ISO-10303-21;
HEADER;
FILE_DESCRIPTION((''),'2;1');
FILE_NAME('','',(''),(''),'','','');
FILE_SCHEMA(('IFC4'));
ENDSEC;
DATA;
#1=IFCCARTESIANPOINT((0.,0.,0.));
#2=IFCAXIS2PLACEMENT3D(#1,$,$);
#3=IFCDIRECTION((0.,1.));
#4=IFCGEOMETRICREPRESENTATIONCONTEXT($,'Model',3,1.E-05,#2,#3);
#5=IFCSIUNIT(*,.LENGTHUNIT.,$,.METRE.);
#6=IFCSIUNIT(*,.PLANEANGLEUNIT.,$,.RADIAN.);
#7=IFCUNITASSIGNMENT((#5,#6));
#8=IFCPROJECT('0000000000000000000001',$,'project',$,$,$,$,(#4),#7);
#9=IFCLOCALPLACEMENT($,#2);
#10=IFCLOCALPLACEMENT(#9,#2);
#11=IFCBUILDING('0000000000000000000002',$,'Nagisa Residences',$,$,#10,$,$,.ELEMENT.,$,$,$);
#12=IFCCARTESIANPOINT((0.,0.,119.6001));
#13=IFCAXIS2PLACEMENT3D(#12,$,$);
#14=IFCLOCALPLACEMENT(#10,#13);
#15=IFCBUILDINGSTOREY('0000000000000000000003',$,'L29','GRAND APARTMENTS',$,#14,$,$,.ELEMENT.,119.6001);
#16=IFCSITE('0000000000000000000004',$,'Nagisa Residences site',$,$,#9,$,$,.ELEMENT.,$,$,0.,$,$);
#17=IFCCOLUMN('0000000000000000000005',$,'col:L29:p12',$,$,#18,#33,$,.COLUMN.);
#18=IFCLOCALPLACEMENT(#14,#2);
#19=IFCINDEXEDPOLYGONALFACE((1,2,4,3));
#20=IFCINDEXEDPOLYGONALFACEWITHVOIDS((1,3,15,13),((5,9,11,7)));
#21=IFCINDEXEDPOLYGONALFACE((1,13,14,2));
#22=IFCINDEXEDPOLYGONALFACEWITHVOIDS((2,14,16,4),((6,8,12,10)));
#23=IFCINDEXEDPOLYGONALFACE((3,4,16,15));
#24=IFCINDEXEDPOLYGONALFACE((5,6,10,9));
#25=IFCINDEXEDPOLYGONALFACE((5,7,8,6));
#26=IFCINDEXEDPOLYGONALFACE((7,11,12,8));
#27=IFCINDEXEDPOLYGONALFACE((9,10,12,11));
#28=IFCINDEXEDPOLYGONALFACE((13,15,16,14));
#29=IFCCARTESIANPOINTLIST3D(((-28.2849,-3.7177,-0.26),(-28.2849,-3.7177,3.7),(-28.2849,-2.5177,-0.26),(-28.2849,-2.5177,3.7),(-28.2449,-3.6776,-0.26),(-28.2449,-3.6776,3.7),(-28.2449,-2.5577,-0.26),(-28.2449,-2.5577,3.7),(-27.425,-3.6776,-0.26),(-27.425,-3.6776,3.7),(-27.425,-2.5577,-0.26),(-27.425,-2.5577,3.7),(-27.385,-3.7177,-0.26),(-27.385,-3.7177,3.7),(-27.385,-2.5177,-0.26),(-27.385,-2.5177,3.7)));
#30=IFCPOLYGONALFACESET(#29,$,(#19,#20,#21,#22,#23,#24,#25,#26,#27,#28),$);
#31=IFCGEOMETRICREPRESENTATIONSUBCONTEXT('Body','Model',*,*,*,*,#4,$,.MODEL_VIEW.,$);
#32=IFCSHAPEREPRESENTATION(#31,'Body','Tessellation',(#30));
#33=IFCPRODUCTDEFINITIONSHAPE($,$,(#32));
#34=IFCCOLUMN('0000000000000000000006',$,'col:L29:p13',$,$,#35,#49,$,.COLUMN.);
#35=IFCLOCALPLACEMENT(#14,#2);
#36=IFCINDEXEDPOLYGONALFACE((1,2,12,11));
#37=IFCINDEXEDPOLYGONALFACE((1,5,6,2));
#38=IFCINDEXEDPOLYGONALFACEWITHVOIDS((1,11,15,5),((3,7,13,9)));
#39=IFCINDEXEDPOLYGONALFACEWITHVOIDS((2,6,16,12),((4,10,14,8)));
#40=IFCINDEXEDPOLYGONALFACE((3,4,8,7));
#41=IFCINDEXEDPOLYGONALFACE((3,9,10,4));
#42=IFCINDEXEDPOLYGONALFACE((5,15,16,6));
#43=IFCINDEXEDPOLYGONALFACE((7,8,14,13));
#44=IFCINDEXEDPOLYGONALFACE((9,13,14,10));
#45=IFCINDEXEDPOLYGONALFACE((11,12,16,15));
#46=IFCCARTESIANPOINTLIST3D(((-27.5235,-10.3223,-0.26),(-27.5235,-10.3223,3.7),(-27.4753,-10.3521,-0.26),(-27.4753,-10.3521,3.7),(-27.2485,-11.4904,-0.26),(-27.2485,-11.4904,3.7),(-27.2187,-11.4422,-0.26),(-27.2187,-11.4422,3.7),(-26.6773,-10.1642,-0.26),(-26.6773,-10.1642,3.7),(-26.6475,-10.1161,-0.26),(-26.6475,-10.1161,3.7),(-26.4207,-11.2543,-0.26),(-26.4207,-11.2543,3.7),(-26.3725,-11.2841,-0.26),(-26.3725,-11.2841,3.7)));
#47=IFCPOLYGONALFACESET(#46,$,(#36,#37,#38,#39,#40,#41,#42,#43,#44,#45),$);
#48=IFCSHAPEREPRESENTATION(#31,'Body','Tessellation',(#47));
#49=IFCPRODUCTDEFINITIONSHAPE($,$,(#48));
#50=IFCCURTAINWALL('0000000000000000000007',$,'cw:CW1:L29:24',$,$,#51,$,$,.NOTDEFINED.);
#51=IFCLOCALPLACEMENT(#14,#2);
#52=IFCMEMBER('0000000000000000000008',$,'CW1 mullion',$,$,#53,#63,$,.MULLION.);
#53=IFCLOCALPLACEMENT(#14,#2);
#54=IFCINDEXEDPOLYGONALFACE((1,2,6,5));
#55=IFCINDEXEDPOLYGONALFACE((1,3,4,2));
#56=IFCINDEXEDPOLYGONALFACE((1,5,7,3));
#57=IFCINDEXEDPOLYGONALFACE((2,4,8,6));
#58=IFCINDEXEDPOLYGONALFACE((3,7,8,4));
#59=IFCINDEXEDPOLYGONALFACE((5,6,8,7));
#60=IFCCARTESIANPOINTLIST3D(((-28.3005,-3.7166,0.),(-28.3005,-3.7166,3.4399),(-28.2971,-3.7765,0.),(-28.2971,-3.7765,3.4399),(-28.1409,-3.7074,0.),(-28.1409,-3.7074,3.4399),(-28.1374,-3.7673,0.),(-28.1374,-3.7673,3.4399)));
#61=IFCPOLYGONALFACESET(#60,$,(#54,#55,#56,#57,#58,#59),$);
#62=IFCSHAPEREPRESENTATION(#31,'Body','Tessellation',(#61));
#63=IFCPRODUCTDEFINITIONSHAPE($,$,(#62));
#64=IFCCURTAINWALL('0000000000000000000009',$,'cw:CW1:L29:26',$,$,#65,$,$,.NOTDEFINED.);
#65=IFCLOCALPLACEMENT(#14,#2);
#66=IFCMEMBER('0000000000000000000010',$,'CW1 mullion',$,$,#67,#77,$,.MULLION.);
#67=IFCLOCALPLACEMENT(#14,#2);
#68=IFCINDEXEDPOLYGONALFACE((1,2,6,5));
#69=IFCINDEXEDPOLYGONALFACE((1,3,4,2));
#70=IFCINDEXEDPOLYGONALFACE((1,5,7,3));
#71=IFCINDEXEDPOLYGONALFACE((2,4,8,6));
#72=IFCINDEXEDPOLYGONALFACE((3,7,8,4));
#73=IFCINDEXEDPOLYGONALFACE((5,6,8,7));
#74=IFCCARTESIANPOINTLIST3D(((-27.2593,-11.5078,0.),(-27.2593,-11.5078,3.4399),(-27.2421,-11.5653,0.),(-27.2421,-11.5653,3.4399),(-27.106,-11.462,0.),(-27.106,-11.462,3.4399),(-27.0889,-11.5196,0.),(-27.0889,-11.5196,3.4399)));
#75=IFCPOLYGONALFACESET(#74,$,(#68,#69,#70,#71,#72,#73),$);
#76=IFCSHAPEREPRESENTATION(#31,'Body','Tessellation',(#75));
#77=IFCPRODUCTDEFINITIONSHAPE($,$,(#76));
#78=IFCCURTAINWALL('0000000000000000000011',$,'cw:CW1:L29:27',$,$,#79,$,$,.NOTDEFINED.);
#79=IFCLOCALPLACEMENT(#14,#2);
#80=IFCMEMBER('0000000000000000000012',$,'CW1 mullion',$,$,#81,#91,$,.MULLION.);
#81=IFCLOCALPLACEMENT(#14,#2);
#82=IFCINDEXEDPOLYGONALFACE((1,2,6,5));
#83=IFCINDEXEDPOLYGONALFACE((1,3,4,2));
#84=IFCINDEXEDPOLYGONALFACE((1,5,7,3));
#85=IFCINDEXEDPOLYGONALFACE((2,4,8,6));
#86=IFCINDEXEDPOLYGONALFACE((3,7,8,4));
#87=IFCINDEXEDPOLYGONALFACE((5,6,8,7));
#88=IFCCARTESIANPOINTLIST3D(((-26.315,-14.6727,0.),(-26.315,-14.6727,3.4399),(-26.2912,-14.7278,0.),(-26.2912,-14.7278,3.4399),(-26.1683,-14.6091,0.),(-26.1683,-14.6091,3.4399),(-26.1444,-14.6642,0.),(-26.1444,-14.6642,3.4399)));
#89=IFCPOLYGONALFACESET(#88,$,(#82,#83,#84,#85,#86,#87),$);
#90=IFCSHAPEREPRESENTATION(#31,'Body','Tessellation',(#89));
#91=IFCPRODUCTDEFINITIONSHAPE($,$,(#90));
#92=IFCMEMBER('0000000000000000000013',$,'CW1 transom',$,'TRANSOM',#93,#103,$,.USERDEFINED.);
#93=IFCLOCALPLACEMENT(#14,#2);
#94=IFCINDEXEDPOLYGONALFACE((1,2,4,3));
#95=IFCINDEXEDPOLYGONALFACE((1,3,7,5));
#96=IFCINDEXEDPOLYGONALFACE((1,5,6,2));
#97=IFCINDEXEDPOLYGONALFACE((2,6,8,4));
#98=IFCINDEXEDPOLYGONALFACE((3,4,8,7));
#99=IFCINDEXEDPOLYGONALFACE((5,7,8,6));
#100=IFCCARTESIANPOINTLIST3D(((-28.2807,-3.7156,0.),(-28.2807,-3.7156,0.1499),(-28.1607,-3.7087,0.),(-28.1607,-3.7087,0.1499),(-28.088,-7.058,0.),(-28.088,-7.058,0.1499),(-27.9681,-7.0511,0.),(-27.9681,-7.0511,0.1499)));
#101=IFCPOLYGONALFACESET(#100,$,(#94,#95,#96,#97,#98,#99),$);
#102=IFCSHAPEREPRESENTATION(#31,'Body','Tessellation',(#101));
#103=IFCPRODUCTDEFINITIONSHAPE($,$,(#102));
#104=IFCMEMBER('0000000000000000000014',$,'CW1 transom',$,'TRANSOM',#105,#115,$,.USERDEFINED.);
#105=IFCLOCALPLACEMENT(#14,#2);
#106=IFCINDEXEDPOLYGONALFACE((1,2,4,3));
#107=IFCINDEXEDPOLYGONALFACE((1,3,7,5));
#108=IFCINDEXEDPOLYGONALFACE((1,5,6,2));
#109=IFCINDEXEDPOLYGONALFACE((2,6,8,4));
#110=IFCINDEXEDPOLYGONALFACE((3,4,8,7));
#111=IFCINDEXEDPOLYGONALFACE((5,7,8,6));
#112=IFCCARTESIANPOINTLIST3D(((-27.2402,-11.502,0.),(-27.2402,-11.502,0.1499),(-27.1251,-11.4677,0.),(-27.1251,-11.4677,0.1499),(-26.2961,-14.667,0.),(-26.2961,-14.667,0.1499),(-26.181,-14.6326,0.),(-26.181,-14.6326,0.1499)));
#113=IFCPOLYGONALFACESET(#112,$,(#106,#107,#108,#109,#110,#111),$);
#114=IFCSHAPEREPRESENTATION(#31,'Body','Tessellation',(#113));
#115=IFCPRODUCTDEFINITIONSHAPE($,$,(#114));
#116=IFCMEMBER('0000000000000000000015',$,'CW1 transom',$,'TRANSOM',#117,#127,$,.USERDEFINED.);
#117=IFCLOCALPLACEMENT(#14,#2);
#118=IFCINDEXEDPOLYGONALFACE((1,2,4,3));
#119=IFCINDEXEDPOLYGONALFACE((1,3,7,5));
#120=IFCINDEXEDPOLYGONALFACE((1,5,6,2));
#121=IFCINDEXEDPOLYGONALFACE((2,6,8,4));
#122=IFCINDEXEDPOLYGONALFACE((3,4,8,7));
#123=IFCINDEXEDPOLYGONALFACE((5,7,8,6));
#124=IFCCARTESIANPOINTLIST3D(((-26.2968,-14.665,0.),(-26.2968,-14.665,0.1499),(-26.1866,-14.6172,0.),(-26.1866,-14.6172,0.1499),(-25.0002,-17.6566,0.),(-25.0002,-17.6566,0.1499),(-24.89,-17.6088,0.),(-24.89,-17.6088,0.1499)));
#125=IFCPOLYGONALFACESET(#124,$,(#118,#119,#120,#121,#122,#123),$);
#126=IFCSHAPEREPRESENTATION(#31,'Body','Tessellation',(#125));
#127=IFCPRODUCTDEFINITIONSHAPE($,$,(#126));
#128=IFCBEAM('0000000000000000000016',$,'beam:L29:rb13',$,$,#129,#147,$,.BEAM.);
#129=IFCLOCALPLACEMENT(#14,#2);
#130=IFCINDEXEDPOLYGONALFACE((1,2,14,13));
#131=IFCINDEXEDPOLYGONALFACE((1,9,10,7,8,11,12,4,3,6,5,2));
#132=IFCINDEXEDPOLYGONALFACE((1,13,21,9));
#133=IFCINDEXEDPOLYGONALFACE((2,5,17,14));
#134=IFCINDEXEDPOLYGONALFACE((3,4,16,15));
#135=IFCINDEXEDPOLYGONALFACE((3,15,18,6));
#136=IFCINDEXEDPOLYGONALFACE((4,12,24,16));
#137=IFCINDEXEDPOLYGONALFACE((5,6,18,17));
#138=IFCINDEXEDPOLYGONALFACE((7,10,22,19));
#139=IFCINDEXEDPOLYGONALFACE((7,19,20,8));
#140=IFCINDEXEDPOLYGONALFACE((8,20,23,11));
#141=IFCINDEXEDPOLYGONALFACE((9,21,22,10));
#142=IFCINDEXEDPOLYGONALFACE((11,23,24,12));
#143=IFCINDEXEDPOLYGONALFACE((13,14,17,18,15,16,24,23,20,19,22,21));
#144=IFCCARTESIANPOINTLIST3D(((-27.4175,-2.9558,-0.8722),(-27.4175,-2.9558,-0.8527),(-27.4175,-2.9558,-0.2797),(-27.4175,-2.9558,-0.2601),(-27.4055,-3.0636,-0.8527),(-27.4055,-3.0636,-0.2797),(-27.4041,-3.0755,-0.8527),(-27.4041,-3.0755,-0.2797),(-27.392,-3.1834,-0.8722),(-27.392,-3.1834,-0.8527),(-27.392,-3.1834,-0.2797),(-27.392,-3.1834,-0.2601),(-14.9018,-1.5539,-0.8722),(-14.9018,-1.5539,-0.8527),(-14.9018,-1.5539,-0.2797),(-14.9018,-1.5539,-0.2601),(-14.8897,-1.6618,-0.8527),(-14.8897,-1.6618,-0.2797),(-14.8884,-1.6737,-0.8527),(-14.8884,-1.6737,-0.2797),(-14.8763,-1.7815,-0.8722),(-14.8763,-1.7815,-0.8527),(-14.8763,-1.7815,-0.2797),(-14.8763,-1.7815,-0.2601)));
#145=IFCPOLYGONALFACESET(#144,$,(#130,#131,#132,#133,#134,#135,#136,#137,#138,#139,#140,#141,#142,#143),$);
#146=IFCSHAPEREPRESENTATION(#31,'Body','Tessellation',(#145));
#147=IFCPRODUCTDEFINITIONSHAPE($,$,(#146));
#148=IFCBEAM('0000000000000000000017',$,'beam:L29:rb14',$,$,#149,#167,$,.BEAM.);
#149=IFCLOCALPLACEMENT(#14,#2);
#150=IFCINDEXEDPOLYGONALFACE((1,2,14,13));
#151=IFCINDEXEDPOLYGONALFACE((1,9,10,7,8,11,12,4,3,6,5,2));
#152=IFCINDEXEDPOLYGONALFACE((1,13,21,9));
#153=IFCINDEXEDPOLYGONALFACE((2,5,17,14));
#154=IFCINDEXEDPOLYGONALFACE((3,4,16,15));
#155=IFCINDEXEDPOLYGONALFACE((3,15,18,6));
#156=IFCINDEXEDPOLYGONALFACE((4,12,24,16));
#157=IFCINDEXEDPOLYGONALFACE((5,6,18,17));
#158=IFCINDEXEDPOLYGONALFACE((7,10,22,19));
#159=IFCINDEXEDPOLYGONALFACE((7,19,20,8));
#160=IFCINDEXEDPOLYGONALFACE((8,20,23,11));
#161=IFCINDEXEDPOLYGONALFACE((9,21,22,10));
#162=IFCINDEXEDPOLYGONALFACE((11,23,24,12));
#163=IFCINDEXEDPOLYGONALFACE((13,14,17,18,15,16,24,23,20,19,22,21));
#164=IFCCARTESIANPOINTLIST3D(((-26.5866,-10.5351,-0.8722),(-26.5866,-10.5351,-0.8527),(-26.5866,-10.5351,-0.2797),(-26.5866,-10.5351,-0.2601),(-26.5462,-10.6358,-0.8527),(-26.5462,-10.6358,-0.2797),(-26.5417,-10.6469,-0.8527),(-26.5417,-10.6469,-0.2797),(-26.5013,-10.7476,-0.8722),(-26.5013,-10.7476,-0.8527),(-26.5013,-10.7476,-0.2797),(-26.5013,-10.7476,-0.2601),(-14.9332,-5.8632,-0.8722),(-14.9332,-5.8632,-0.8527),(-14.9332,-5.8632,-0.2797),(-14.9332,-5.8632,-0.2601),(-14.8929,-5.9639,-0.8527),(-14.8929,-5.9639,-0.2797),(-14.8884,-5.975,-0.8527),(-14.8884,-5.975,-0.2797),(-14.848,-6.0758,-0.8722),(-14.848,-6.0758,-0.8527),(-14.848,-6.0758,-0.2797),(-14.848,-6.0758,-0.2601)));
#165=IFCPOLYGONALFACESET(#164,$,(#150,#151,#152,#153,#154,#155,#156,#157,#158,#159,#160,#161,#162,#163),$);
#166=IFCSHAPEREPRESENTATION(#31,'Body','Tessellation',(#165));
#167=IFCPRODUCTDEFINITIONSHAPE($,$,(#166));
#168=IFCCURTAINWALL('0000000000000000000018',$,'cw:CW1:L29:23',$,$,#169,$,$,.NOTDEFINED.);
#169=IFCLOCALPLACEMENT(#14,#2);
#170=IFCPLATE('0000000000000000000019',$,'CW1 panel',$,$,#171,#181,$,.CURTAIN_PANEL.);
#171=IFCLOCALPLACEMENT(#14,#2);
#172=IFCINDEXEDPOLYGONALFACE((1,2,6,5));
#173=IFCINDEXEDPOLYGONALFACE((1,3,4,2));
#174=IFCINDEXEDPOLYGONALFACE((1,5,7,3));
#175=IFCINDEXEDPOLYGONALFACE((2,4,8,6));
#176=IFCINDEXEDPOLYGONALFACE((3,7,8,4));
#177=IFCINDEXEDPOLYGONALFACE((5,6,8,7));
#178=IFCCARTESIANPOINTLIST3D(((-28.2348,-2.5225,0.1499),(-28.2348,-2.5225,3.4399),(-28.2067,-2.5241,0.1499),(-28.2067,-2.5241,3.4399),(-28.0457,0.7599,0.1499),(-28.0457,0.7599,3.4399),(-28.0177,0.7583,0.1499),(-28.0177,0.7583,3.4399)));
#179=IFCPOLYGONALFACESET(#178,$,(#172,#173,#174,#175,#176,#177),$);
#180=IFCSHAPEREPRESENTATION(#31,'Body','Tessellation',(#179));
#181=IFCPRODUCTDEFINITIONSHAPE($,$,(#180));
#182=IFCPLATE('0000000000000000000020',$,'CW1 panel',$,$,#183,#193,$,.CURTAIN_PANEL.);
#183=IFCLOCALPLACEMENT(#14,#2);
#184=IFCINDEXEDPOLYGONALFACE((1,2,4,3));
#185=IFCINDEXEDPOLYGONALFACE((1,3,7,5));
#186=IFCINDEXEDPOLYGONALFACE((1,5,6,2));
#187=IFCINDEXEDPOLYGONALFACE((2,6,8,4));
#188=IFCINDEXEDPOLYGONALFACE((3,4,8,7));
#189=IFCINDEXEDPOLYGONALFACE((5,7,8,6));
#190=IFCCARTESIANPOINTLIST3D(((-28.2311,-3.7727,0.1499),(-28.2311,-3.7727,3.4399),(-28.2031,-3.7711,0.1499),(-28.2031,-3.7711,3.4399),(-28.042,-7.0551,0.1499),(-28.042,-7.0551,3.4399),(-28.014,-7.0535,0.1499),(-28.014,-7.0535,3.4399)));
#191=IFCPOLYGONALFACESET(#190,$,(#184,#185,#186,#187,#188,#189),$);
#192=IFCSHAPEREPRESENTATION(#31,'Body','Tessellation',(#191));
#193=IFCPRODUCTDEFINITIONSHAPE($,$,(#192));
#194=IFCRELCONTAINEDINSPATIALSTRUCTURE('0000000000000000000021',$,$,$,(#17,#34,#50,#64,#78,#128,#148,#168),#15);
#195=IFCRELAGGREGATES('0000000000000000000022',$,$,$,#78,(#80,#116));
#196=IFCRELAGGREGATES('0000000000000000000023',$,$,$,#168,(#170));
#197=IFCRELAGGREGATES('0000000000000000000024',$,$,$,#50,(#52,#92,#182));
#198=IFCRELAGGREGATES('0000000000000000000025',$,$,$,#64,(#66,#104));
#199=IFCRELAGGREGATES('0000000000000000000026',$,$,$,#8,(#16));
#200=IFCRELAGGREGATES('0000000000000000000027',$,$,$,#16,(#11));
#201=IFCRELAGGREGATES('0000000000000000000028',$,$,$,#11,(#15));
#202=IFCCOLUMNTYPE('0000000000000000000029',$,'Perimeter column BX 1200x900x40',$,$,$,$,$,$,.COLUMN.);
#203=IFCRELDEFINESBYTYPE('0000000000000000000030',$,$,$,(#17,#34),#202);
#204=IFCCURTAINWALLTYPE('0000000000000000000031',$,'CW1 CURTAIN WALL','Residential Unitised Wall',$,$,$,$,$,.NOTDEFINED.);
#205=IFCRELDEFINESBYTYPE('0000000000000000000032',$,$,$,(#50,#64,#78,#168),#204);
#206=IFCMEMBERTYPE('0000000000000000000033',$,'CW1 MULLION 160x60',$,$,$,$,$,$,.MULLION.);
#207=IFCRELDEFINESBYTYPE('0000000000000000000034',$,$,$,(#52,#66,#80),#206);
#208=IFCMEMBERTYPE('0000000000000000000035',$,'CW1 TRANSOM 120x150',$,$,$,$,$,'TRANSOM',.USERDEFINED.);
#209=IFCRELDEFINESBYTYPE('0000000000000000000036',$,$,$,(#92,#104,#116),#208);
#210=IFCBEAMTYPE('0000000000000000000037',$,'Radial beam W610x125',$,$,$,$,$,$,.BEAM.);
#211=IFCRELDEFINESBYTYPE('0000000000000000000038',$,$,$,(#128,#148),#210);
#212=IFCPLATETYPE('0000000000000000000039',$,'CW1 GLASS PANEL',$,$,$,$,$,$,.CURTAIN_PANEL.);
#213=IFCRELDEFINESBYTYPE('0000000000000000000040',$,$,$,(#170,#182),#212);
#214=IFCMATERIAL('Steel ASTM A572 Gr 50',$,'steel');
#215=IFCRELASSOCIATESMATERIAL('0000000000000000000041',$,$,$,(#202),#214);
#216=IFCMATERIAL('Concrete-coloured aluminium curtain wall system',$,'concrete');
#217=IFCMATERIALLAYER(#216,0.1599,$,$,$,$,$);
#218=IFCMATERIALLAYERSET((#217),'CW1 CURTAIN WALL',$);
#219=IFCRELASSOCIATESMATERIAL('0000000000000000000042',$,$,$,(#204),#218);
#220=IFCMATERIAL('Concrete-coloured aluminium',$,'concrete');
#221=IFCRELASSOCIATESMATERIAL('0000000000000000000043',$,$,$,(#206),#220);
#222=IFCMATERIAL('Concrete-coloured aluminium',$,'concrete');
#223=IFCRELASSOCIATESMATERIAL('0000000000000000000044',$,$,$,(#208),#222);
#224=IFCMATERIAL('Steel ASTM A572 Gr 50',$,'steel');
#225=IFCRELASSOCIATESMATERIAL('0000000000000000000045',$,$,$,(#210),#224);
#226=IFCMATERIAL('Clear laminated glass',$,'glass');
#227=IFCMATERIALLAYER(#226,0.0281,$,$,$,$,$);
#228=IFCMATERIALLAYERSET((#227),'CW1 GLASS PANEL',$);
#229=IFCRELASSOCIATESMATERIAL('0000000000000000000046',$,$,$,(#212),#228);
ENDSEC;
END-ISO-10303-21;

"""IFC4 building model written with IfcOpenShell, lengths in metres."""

from ifc_helpers import new_model, si_unit, direction, frame, origin, origin_2d, place, context, subcontext, project, spatial, rectangle, hollow_rectangle, i_section, extrude, material, layer, layer_set, material_profile, profile_set, type_object, element, aggregate, save


model = new_model("IFC4")

# Units and contexts
model_context = context("Model", 3, precision=1e-05, world=origin(), true_north=direction((0.0, 1.0)))
body_context = subcontext(model_context, "Body", "Model", "MODEL_VIEW")
ifc_project = project(units=[si_unit("LENGTHUNIT", "METRE"), si_unit("PLANEANGLEUNIT", "RADIAN")], contexts=[model_context])

# Site, building, storey
site_placement = place(None, origin())
site = spatial("IfcSite", under=ifc_project, at=site_placement, Name="Nagisa Residences site", CompositionType="ELEMENT", RefElevation=0.0)
building_placement = place(site_placement, origin())
building = spatial("IfcBuilding", under=site, at=building_placement, Name="Nagisa Residences", CompositionType="ELEMENT")
storey_placement = place(building_placement, frame((0.0, 0.0, 119.6001)))
storey = spatial("IfcBuildingStorey", under=building, at=storey_placement, Name="L29", Description="GRAND APARTMENTS", CompositionType="ELEMENT", Elevation=119.6001)

# Columns
ifc_material_1 = material(Name="Steel ASTM A572 Gr 50", Category="steel")
ifc_material_profile_1 = material_profile(ifc_material_1, hollow_rectangle(XDim=1.2, YDim=0.8999, WallThickness=0.04, at=origin_2d()), Name="BX 1200x900x40")
ifc_profile_set_1 = profile_set([ifc_material_profile_1], Name="Steel ASTM A572 Gr 50")
column_type = type_object("IfcColumnType", Name="Perimeter column BX 1200x900x40", PredefinedType="COLUMN", material=ifc_profile_set_1)
for number, where, z_axis, x_axis, name in (
    (1, (-27.835, -3.1177, -0.26), (0.0, 0.0, 1.0), (0.0, -1.0, 0.0), "col:L29:p12"),
    (2, (-26.948, -10.8032, -0.26), (0.0, 0.0, 1.0), (0.229202, -0.973379, 0.0), "col:L29:p13"),
):
    element("IfcColumn", number, at=place(storey_placement, frame(where, z_axis=z_axis, x_axis=x_axis)), inside=storey, type_object=column_type, Name=name, PredefinedType="COLUMN", context=body_context, shape_type="SweptSolid", body=[
        extrude(hollow_rectangle(XDim=1.2, YDim=0.8999, WallThickness=0.04, at=origin_2d()), origin(), (0.0, 0.0, 1.0), 3.96),
    ])

# Curtain walls, members
ifc_material_2 = material(Name="Concrete-coloured aluminium curtain wall system", Category="concrete")
ifc_layer_1 = layer(ifc_material_2, 0.1599)
ifc_layer_set_1 = layer_set([ifc_layer_1], Name="CW1 CURTAIN WALL")
curtain_wall_type = type_object("IfcCurtainWallType", Name="CW1 CURTAIN WALL", Description="Residential Unitised Wall", PredefinedType="NOTDEFINED", material=ifc_layer_set_1)
curtain_wall_1_placement = place(storey_placement, origin())
curtain_wall_1 = element("IfcCurtainWall", 3, at=curtain_wall_1_placement, inside=storey, type_object=curtain_wall_type, Name="cw:CW1:L29:24", PredefinedType="NOTDEFINED")
ifc_material_3 = material(Name="Concrete-coloured aluminium", Category="concrete")
ifc_material_profile_2 = material_profile(ifc_material_3, rectangle(XDim=0.1599, YDim=0.0601, at=origin_2d()), Name="CW1 MULLION 160x60")
ifc_profile_set_2 = profile_set([ifc_material_profile_2], Name="Concrete-coloured aluminium")
member_type_1 = type_object("IfcMemberType", Name="CW1 MULLION 160x60", PredefinedType="MULLION", material=ifc_profile_set_2)
member_1_placement = place(storey_placement, frame((-28.219, -3.7419, 0.0), z_axis=(0.0, 0.0, 1.0), x_axis=(0.998345, 0.057503, 0.0)))
member_1 = element("IfcMember", 4, at=member_1_placement, type_object=member_type_1, Name="CW1 mullion", PredefinedType="MULLION", context=body_context, shape_type="SweptSolid", body=[
    extrude(rectangle(XDim=0.1599, YDim=0.0601, at=origin_2d()), origin(), (0.0, 0.0, 1.0), 3.4399),
])
curtain_wall_2_placement = place(storey_placement, origin())
curtain_wall_2 = element("IfcCurtainWall", 5, at=curtain_wall_2_placement, inside=storey, type_object=curtain_wall_type, Name="cw:CW1:L29:26", PredefinedType="NOTDEFINED")
member_2_placement = place(storey_placement, frame((-27.1741, -11.5137, 0.0), z_axis=(0.0, 0.0, 1.0), x_axis=(0.958271, 0.28586, 0.0)))
member_2 = element("IfcMember", 6, at=member_2_placement, type_object=member_type_1, Name="CW1 mullion", PredefinedType="MULLION", context=body_context, shape_type="SweptSolid", body=[
    extrude(rectangle(XDim=0.1599, YDim=0.0601, at=origin_2d()), origin(), (0.0, 0.0, 1.0), 3.4399),
])
curtain_wall_3_placement = place(storey_placement, origin())
curtain_wall_3 = element("IfcCurtainWall", 7, at=curtain_wall_3_placement, inside=storey, type_object=curtain_wall_type, Name="cw:CW1:L29:27", PredefinedType="NOTDEFINED")
member_3_placement = place(storey_placement, frame((-26.2297, -14.6685, 0.0), z_axis=(0.0, 0.0, 1.0), x_axis=(0.917543, 0.397636, 0.0)))
member_3 = element("IfcMember", 8, at=member_3_placement, type_object=member_type_1, Name="CW1 mullion", PredefinedType="MULLION", context=body_context, shape_type="SweptSolid", body=[
    extrude(rectangle(XDim=0.1599, YDim=0.0601, at=origin_2d()), origin(), (0.0, 0.0, 1.0), 3.4399),
])

# Members
ifc_material_4 = material(Name="Concrete-coloured aluminium", Category="concrete")
ifc_material_profile_3 = material_profile(ifc_material_4, rectangle(XDim=0.1201, YDim=0.1499, at=origin_2d()), Name="CW1 TRANSOM 120x150")
ifc_profile_set_3 = profile_set([ifc_material_profile_3], Name="Concrete-coloured aluminium")
member_type_2 = type_object("IfcMemberType", Name="CW1 TRANSOM 120x150", ElementType="TRANSOM", PredefinedType="USERDEFINED", material=ifc_profile_set_3)
member_4_placement = place(storey_placement, frame((-28.2207, -3.7122, 0.075), z_axis=(0.057538, -0.998343, 0.0), x_axis=(0.998343, 0.057538, 0.0)))
member_4 = element("IfcMember", 9, at=member_4_placement, type_object=member_type_2, Name="CW1 transom", ObjectType="TRANSOM", PredefinedType="USERDEFINED", context=body_context, shape_type="SweptSolid", body=[
    extrude(rectangle(XDim=0.1201, YDim=0.1499, at=origin_2d()), origin(), (0.0, 0.0, 1.0), 3.3479),
])
member_5_placement = place(storey_placement, frame((-27.1826, -11.4849, 0.075), z_axis=(0.285842, -0.958277, 0.0), x_axis=(0.958277, 0.285842, 0.0)))
member_5 = element("IfcMember", 10, at=member_5_placement, type_object=member_type_2, Name="CW1 transom", ObjectType="TRANSOM", PredefinedType="USERDEFINED", context=body_context, shape_type="SweptSolid", body=[
    extrude(rectangle(XDim=0.1201, YDim=0.1499, at=origin_2d()), origin(), (0.0, 0.0, 1.0), 3.3027),
])
member_6_placement = place(storey_placement, frame((-26.2417, -14.6411, 0.075), z_axis=(0.397666, -0.91753, 0.0), x_axis=(0.91753, 0.397666, 0.0)))
member_6 = element("IfcMember", 11, at=member_6_placement, type_object=member_type_2, Name="CW1 transom", ObjectType="TRANSOM", PredefinedType="USERDEFINED", context=body_context, shape_type="SweptSolid", body=[
    extrude(rectangle(XDim=0.1201, YDim=0.1499, at=origin_2d()), origin(), (0.0, 0.0, 1.0), 3.2605),
])
aggregate(curtain_wall_3, [member_3, member_6])

# Beams
ifc_material_5 = material(Name="Steel ASTM A572 Gr 50", Category="steel")
ifc_material_profile_4 = material_profile(ifc_material_5, i_section(OverallWidth=0.229, OverallDepth=0.6121, WebThickness=0.012, FlangeThickness=0.0195, at=origin_2d()), Name="W610x125")
ifc_profile_set_4 = profile_set([ifc_material_profile_4], Name="Steel ASTM A572 Gr 50")
beam_type = type_object("IfcBeamType", Name="Radial beam W610x125", PredefinedType="BEAM", material=ifc_profile_set_4)
beam_1_placement = place(storey_placement, frame((-27.4048, -3.0696, -0.5662), z_axis=(0.993785, 0.111312, 0.0), x_axis=(-0.111312, 0.993785, 0.0)))
element("IfcBeam", 12, at=beam_1_placement, inside=storey, type_object=beam_type, Name="beam:L29:rb13", PredefinedType="BEAM", context=body_context, shape_type="SweptSolid", body=[
    extrude(i_section(OverallWidth=0.229, OverallDepth=0.6121, WebThickness=0.012, FlangeThickness=0.0195, at=origin_2d()), origin(), (0.0, 0.0, 1.0), 12.594),
])
beam_2_placement = place(storey_placement, frame((-26.5439, -10.6414, -0.5662), z_axis=(0.928187, 0.372115, 0.0), x_axis=(-0.372115, 0.928187, 0.0)))
element("IfcBeam", 13, at=beam_2_placement, inside=storey, type_object=beam_type, Name="beam:L29:rb14", PredefinedType="BEAM", context=body_context, shape_type="SweptSolid", body=[
    extrude(i_section(OverallWidth=0.229, OverallDepth=0.6121, WebThickness=0.012, FlangeThickness=0.0195, at=origin_2d()), origin(), (0.0, 0.0, 1.0), 12.5549),
])

# Curtain wall, plate
curtain_wall_4_placement = place(storey_placement, origin())
curtain_wall_4 = element("IfcCurtainWall", 14, at=curtain_wall_4_placement, inside=storey, type_object=curtain_wall_type, Name="cw:CW1:L29:23", PredefinedType="NOTDEFINED")
ifc_material_6 = material(Name="Clear laminated glass", Category="glass")
ifc_layer_2 = layer(ifc_material_6, 0.0281)
ifc_layer_set_2 = layer_set([ifc_layer_2], Name="CW1 GLASS PANEL")
plate_type = type_object("IfcPlateType", Name="CW1 GLASS PANEL", PredefinedType="CURTAIN_PANEL", material=ifc_layer_set_2)
plate_1_placement = place(storey_placement, frame((-28.1262, -0.8821, 0.1499), z_axis=(0.0, 0.0, 1.0), x_axis=(-0.057503, -0.998345, 0.0)))
plate_1 = element("IfcPlate", 15, at=plate_1_placement, type_object=plate_type, Name="CW1 panel", PredefinedType="CURTAIN_PANEL", context=body_context, shape_type="SweptSolid", body=[
    extrude(rectangle(XDim=3.2878, YDim=0.0281, at=origin_2d()), origin(), (0.0, 0.0, 1.0), 3.29),
])
aggregate(curtain_wall_4, [plate_1])

# Plate
plate_2_placement = place(storey_placement, frame((-28.1226, -5.4131, 0.1499), z_axis=(0.0, 0.0, 1.0), x_axis=(0.057503, -0.998345, 0.0)))
plate_2 = element("IfcPlate", 16, at=plate_2_placement, type_object=plate_type, Name="CW1 panel", PredefinedType="CURTAIN_PANEL", context=body_context, shape_type="SweptSolid", body=[
    extrude(rectangle(XDim=3.2878, YDim=0.0281, at=origin_2d()), origin(), (0.0, 0.0, 1.0), 3.29),
])
aggregate(curtain_wall_1, [member_1, member_4, plate_2])
aggregate(curtain_wall_2, [member_2, member_5])

save(model, "model.ifc")
